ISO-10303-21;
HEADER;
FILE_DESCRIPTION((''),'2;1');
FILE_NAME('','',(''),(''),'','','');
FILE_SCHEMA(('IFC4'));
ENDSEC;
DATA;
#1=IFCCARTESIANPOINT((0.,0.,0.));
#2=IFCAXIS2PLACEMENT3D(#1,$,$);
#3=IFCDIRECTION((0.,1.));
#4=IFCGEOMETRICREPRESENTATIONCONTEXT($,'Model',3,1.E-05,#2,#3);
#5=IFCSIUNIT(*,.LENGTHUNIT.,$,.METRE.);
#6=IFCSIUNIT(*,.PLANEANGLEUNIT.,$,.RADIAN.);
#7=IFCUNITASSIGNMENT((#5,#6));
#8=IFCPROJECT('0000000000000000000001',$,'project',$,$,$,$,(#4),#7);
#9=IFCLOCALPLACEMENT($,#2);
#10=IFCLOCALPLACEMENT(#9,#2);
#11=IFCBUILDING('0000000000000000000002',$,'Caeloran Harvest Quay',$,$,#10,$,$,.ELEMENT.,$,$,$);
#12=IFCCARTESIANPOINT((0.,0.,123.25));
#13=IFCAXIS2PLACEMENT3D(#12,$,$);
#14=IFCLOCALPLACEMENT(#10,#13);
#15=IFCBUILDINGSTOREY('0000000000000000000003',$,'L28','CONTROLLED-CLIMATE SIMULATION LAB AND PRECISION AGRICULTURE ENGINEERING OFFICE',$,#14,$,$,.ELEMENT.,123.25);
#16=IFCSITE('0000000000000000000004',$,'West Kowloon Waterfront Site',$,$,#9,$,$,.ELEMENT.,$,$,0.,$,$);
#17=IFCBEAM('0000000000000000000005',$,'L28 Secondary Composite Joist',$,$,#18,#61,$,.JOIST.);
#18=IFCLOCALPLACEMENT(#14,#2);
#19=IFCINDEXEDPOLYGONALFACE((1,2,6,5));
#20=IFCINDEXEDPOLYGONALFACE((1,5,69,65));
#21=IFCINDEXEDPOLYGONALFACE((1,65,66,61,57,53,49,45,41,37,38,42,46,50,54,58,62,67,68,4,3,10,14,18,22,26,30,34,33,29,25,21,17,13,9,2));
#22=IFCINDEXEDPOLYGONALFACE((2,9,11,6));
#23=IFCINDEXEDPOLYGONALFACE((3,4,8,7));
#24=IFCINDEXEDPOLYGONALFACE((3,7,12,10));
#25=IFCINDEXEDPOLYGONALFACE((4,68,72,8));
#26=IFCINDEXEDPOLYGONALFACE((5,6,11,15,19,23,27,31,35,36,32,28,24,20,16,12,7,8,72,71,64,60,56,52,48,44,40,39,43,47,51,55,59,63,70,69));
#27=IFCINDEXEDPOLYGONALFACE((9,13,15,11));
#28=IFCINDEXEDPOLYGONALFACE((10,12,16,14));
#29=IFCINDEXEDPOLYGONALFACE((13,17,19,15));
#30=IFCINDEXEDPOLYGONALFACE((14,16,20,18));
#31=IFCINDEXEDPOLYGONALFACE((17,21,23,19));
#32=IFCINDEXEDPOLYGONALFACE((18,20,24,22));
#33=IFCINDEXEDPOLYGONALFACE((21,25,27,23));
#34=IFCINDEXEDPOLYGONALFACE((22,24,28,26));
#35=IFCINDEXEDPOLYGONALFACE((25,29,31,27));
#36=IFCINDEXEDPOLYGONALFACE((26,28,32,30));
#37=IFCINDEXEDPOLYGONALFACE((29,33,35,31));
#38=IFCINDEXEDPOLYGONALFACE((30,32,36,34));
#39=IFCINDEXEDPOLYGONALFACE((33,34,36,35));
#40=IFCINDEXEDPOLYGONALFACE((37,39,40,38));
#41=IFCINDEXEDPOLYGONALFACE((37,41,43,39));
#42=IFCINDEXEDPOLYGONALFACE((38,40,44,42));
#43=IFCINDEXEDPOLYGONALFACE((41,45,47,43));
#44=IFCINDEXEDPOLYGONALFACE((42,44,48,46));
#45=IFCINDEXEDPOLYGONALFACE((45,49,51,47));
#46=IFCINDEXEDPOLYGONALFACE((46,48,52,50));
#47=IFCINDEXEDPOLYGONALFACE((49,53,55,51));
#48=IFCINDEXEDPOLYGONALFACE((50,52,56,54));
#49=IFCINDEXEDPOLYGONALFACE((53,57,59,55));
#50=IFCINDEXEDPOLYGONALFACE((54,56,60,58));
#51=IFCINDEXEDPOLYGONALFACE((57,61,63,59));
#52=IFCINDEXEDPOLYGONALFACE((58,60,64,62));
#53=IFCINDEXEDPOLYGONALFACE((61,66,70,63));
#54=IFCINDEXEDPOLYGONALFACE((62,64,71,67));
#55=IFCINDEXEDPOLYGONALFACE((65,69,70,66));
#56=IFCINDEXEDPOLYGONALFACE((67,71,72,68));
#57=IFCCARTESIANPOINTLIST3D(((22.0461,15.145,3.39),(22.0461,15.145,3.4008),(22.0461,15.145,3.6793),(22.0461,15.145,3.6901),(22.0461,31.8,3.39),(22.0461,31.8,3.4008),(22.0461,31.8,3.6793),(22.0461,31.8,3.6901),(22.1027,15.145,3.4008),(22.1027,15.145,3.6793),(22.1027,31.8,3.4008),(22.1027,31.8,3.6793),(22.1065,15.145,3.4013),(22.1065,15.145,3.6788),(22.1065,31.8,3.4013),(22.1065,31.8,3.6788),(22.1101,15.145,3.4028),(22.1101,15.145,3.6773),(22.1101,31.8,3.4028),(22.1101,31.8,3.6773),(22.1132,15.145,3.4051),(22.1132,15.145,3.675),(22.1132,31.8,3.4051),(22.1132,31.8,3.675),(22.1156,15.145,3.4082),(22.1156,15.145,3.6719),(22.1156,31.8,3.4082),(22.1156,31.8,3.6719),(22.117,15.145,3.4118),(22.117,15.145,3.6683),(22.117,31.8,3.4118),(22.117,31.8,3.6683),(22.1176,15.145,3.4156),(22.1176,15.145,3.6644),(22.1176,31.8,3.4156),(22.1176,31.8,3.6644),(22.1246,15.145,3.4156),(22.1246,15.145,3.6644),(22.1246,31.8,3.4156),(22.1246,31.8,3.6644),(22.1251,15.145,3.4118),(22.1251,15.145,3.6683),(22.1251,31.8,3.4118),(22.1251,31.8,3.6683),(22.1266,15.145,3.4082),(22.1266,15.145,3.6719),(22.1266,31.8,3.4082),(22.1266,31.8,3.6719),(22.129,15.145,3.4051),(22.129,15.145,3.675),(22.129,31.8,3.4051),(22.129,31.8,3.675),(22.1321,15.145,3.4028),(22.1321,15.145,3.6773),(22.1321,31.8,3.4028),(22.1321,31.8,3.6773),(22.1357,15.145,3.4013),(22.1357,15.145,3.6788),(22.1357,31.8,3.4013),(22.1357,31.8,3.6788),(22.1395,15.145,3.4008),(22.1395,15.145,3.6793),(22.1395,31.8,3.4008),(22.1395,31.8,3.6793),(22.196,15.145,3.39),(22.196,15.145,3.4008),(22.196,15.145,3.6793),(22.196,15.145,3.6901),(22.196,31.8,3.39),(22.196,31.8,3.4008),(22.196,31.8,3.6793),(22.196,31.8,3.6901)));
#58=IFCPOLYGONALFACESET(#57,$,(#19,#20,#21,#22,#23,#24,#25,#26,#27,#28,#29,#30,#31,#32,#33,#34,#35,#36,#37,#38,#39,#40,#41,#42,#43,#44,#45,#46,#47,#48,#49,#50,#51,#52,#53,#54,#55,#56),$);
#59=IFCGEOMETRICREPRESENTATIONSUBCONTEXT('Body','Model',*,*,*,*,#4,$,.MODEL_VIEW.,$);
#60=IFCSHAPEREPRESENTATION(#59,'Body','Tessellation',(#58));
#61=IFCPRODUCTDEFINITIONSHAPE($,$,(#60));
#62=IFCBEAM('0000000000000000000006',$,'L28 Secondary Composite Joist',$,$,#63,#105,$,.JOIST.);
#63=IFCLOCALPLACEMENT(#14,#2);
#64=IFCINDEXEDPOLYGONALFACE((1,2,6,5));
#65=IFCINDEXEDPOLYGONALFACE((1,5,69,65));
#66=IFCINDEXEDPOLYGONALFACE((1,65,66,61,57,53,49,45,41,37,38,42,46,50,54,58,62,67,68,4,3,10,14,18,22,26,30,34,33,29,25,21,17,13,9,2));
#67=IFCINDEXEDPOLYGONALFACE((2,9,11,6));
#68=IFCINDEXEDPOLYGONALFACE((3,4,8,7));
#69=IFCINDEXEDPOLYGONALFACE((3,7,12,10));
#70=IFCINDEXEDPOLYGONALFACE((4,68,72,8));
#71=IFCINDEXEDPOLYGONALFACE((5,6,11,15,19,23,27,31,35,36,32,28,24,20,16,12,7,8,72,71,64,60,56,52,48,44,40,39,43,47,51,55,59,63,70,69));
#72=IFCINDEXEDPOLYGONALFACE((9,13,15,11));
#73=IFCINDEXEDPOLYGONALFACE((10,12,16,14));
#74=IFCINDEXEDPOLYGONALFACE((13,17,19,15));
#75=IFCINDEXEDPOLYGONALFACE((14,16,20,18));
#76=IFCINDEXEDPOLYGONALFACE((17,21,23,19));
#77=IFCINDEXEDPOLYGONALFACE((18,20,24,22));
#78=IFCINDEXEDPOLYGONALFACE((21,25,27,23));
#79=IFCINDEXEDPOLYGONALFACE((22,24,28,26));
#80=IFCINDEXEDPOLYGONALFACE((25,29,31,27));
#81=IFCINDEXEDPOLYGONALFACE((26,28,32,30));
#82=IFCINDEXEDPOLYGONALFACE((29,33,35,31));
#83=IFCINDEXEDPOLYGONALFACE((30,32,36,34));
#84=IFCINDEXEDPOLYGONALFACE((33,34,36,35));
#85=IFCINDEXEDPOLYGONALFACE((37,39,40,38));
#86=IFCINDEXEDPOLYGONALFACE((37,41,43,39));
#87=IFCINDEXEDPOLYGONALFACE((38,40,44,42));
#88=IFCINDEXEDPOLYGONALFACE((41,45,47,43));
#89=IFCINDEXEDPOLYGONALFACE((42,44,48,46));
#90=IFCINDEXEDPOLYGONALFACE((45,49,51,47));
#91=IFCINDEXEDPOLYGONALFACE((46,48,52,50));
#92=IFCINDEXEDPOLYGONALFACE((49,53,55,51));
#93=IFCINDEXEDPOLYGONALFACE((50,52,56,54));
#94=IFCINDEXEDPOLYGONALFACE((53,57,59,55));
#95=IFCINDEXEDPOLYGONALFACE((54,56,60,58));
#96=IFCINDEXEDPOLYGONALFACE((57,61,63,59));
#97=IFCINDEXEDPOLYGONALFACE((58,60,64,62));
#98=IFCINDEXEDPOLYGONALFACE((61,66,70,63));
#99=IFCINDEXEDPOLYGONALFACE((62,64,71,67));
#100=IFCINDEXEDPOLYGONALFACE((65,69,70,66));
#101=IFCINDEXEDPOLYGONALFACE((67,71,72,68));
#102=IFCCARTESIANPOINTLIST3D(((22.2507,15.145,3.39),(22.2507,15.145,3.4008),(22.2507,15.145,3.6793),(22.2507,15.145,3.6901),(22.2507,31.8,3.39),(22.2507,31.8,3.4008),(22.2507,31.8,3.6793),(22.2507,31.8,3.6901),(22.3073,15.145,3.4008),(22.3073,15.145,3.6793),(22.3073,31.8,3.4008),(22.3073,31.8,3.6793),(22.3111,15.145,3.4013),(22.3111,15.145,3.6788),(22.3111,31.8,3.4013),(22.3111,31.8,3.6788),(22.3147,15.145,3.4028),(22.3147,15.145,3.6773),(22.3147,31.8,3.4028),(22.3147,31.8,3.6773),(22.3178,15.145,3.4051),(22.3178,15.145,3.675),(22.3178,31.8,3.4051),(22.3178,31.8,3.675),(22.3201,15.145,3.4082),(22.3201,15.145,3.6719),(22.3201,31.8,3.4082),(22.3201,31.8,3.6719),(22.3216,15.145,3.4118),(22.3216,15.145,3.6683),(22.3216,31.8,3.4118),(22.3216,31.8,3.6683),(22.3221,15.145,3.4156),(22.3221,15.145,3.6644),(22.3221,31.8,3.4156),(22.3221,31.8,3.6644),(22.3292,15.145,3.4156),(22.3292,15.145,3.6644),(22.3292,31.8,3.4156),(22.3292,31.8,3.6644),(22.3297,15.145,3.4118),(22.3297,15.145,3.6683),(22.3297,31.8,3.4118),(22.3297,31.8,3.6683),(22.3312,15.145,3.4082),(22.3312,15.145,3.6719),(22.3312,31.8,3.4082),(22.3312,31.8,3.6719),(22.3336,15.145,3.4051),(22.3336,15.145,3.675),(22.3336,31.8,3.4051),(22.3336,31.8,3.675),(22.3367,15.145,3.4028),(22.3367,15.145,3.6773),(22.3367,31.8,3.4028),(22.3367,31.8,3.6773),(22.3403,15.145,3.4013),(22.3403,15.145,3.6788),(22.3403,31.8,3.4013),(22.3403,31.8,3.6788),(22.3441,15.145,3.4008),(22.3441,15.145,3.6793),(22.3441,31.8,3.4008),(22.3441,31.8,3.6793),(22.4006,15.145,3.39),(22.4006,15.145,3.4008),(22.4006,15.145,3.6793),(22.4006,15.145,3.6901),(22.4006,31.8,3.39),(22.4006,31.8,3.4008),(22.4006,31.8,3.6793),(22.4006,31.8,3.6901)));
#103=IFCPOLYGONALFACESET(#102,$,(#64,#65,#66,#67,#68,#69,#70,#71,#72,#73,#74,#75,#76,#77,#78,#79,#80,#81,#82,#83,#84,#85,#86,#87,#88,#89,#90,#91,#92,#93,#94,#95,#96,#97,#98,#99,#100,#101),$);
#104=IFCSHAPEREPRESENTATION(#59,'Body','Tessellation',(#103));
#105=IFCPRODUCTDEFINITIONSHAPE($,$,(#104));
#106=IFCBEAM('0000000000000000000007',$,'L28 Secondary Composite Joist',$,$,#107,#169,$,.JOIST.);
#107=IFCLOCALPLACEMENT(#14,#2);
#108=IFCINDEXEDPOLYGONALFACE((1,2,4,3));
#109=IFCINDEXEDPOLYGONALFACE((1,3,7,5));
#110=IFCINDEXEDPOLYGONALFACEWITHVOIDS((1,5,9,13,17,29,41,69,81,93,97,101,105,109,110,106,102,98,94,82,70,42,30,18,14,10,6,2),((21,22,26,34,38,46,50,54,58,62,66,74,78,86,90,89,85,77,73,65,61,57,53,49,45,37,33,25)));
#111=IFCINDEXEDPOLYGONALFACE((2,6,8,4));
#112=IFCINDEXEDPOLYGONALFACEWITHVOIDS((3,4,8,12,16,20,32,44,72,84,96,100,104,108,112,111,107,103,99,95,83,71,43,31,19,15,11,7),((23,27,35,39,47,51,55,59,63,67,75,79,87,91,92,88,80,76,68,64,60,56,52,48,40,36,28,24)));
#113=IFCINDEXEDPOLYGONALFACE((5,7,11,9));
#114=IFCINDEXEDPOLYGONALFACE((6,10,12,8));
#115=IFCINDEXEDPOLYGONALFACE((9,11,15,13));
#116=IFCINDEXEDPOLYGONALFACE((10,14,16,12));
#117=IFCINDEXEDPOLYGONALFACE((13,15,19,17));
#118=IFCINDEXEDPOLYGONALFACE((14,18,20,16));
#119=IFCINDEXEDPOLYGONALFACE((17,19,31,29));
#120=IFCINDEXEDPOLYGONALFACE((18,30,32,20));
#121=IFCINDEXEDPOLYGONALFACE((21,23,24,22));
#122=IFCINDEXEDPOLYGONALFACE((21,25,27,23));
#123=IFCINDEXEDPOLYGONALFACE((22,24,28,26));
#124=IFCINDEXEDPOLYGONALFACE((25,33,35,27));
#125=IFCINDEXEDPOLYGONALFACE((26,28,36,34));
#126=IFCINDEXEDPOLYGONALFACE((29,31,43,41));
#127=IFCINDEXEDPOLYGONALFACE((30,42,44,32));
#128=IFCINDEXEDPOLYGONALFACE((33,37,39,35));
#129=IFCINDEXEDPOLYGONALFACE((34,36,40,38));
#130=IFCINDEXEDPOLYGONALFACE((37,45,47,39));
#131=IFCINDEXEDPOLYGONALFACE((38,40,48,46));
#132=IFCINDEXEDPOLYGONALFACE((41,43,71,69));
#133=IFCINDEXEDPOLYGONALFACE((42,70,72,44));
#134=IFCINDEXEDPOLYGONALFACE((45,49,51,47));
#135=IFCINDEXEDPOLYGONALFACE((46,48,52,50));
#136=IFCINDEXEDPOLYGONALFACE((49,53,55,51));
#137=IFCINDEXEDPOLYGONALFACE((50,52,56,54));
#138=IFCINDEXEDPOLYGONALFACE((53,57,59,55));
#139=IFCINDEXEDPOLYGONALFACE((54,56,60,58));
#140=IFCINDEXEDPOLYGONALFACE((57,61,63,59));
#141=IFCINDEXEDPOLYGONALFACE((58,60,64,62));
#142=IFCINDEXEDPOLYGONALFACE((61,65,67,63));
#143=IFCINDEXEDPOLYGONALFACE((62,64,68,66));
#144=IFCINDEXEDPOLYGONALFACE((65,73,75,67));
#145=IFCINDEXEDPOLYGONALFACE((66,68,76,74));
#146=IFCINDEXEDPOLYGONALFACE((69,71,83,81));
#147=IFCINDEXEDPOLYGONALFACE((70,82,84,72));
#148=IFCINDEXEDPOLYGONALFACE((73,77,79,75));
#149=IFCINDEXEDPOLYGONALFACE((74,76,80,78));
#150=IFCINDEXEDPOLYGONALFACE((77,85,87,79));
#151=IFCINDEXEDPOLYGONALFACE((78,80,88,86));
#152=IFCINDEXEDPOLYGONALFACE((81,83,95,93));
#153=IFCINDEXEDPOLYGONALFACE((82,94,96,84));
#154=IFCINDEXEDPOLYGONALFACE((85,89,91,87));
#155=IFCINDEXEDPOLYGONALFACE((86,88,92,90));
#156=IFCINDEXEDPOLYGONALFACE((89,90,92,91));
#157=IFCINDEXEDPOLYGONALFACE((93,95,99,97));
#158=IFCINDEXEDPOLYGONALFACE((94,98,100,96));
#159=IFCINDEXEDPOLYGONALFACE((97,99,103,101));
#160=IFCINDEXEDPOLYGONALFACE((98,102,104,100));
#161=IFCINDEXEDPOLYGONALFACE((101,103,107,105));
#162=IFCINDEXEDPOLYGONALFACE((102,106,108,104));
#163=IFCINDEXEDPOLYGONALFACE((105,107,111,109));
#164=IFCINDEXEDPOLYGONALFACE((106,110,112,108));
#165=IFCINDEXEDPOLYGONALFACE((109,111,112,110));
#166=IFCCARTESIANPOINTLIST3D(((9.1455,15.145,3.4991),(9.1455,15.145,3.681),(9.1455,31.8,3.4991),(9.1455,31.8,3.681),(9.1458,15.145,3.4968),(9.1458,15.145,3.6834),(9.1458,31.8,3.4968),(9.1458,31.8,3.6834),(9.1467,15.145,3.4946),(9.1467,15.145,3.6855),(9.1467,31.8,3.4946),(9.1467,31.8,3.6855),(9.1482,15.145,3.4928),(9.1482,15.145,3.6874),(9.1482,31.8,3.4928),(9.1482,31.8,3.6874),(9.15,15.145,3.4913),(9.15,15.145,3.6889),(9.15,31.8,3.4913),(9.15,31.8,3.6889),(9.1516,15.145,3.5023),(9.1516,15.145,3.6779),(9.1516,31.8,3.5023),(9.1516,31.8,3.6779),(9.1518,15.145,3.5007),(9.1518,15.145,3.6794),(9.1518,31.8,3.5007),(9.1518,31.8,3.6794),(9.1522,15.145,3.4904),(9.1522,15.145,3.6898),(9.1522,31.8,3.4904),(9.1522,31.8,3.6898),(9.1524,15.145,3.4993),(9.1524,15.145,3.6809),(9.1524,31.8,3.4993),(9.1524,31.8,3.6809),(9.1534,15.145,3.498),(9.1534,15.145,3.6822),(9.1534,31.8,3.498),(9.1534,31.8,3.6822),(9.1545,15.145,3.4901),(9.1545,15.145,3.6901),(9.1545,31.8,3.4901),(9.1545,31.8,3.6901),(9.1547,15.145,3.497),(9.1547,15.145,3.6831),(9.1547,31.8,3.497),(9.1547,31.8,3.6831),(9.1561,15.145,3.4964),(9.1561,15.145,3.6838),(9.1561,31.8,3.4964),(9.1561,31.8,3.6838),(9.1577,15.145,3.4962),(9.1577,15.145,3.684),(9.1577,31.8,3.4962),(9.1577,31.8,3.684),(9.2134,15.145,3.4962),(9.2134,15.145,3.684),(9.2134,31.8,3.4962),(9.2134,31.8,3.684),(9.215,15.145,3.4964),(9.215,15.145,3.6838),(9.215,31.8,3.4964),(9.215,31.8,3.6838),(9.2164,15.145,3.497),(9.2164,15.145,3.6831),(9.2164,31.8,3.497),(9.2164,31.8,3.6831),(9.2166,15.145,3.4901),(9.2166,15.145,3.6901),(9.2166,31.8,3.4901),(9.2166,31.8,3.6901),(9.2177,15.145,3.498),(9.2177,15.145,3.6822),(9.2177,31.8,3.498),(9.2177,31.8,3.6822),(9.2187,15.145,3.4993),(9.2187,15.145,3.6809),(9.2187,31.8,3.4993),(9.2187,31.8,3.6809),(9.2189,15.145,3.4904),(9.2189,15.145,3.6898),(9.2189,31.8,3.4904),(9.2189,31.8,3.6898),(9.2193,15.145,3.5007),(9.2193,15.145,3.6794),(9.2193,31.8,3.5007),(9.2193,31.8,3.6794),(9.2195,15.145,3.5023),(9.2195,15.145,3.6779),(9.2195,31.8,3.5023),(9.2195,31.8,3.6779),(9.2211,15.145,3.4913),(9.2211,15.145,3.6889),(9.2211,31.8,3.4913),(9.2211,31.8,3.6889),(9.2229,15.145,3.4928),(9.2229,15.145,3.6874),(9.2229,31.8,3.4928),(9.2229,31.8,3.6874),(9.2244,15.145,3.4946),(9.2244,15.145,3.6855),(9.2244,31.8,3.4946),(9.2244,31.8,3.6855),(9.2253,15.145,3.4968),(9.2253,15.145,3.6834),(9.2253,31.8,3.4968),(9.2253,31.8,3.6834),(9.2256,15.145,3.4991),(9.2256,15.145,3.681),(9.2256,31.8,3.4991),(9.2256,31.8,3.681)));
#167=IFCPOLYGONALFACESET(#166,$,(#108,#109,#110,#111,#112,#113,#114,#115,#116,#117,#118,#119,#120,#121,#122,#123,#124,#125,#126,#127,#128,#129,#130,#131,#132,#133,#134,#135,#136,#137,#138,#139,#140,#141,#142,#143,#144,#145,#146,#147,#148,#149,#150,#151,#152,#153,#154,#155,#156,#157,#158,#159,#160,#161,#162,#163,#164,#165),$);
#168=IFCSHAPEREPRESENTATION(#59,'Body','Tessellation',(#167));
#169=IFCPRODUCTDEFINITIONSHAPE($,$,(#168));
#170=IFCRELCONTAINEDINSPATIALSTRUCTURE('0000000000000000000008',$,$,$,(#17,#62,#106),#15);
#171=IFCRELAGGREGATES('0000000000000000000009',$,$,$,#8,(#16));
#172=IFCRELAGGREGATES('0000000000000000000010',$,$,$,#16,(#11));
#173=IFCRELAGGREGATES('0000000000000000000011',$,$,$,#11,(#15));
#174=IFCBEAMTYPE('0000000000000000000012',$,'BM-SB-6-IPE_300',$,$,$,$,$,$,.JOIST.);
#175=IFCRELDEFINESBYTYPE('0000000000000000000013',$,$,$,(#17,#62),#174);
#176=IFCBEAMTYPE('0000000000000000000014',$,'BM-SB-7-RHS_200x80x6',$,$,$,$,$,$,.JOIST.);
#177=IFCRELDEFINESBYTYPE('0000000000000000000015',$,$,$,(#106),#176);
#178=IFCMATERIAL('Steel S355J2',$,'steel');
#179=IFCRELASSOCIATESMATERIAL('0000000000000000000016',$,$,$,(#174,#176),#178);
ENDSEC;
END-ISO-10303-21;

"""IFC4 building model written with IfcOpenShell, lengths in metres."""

from ifc_helpers import new_model, si_unit, direction, frame, origin, origin_2d, place, context, subcontext, project, spatial, hollow_rectangle, i_section, extrude, material, material_profile, profile_set, type_object, element, save


model = new_model("IFC4")

# Units and contexts
model_context = context("Model", 3, precision=1e-05, world=origin(), true_north=direction((0.0, 1.0)))
body_context = subcontext(model_context, "Body", "Model", "MODEL_VIEW")
ifc_project = project(units=[si_unit("LENGTHUNIT", "METRE"), si_unit("PLANEANGLEUNIT", "RADIAN")], contexts=[model_context])

# Site, building, storey
site_placement = place(None, origin())
site = spatial("IfcSite", under=ifc_project, at=site_placement, Name="West Kowloon Waterfront Site", CompositionType="ELEMENT", RefElevation=0.0)
building_placement = place(site_placement, origin())
building = spatial("IfcBuilding", under=site, at=building_placement, Name="Caeloran Harvest Quay", CompositionType="ELEMENT")
storey_placement = place(building_placement, frame((0.0, 0.0, 123.25)))
storey = spatial("IfcBuildingStorey", under=building, at=storey_placement, Name="L28", Description="CONTROLLED-CLIMATE SIMULATION LAB AND PRECISION AGRICULTURE ENGINEERING OFFICE", CompositionType="ELEMENT", Elevation=123.25)

# Beams
ifc_material_1 = material(Name="Steel S355J2", Category="steel")
ifc_material_profile_1 = material_profile(ifc_material_1, i_section(OverallWidth=0.1499, OverallDepth=0.3, WebThickness=0.0071, FlangeThickness=0.0107, FilletRadius=0.0149, at=origin_2d()), Name="IPE 300")
ifc_profile_set_1 = profile_set([ifc_material_profile_1], Name="Steel S355J2")
beam_type_1 = type_object("IfcBeamType", Name="BM-SB-6-IPE_300", PredefinedType="JOIST", material=ifc_profile_set_1)
for number, where, z_axis, x_axis, name in (
    (1, (22.1211, 15.145, 3.54), (0.0, 1.0, 0.0), (-1.0, 0.0, 0.0), "L28 Secondary Composite Joist"),
    (2, (22.3257, 15.145, 3.54), (0.0, 1.0, 0.0), (-1.0, 0.0, 0.0), "L28 Secondary Composite Joist"),
):
    element("IfcBeam", number, at=place(storey_placement, frame(where, z_axis=z_axis, x_axis=x_axis)), inside=storey, type_object=beam_type_1, Name=name, PredefinedType="JOIST", context=body_context, shape_type="SweptSolid", body=[
        extrude(i_section(OverallWidth=0.1499, OverallDepth=0.3, WebThickness=0.0071, FlangeThickness=0.0107, FilletRadius=0.0149, at=origin_2d()), origin(), (0.0, 0.0, 1.0), 16.655),
    ])
ifc_material_profile_2 = material_profile(ifc_material_1, hollow_rectangle(XDim=0.0801, YDim=0.2, WallThickness=0.0061, InnerFilletRadius=0.0061, OuterFilletRadius=0.009, at=origin_2d()), Name="RHS 200x80x6")
ifc_profile_set_2 = profile_set([ifc_material_profile_2], Name="Steel S355J2")
beam_type_2 = type_object("IfcBeamType", Name="BM-SB-7-RHS_200x80x6", PredefinedType="JOIST", material=ifc_profile_set_2)
for number, where, z_axis, x_axis, name in (
    (3, (9.1855, 15.145, 3.5901), (0.0, 1.0, 0.0), (-1.0, 0.0, 0.0), "L28 Secondary Composite Joist"),
):
    element("IfcBeam", number, at=place(storey_placement, frame(where, z_axis=z_axis, x_axis=x_axis)), inside=storey, type_object=beam_type_2, Name=name, PredefinedType="JOIST", context=body_context, shape_type="SweptSolid", body=[
        extrude(hollow_rectangle(XDim=0.0801, YDim=0.2, WallThickness=0.0061, InnerFilletRadius=0.0061, OuterFilletRadius=0.009, at=origin_2d()), origin(), (0.0, 0.0, 1.0), 16.655),
    ])

save(model, "model.ifc")
